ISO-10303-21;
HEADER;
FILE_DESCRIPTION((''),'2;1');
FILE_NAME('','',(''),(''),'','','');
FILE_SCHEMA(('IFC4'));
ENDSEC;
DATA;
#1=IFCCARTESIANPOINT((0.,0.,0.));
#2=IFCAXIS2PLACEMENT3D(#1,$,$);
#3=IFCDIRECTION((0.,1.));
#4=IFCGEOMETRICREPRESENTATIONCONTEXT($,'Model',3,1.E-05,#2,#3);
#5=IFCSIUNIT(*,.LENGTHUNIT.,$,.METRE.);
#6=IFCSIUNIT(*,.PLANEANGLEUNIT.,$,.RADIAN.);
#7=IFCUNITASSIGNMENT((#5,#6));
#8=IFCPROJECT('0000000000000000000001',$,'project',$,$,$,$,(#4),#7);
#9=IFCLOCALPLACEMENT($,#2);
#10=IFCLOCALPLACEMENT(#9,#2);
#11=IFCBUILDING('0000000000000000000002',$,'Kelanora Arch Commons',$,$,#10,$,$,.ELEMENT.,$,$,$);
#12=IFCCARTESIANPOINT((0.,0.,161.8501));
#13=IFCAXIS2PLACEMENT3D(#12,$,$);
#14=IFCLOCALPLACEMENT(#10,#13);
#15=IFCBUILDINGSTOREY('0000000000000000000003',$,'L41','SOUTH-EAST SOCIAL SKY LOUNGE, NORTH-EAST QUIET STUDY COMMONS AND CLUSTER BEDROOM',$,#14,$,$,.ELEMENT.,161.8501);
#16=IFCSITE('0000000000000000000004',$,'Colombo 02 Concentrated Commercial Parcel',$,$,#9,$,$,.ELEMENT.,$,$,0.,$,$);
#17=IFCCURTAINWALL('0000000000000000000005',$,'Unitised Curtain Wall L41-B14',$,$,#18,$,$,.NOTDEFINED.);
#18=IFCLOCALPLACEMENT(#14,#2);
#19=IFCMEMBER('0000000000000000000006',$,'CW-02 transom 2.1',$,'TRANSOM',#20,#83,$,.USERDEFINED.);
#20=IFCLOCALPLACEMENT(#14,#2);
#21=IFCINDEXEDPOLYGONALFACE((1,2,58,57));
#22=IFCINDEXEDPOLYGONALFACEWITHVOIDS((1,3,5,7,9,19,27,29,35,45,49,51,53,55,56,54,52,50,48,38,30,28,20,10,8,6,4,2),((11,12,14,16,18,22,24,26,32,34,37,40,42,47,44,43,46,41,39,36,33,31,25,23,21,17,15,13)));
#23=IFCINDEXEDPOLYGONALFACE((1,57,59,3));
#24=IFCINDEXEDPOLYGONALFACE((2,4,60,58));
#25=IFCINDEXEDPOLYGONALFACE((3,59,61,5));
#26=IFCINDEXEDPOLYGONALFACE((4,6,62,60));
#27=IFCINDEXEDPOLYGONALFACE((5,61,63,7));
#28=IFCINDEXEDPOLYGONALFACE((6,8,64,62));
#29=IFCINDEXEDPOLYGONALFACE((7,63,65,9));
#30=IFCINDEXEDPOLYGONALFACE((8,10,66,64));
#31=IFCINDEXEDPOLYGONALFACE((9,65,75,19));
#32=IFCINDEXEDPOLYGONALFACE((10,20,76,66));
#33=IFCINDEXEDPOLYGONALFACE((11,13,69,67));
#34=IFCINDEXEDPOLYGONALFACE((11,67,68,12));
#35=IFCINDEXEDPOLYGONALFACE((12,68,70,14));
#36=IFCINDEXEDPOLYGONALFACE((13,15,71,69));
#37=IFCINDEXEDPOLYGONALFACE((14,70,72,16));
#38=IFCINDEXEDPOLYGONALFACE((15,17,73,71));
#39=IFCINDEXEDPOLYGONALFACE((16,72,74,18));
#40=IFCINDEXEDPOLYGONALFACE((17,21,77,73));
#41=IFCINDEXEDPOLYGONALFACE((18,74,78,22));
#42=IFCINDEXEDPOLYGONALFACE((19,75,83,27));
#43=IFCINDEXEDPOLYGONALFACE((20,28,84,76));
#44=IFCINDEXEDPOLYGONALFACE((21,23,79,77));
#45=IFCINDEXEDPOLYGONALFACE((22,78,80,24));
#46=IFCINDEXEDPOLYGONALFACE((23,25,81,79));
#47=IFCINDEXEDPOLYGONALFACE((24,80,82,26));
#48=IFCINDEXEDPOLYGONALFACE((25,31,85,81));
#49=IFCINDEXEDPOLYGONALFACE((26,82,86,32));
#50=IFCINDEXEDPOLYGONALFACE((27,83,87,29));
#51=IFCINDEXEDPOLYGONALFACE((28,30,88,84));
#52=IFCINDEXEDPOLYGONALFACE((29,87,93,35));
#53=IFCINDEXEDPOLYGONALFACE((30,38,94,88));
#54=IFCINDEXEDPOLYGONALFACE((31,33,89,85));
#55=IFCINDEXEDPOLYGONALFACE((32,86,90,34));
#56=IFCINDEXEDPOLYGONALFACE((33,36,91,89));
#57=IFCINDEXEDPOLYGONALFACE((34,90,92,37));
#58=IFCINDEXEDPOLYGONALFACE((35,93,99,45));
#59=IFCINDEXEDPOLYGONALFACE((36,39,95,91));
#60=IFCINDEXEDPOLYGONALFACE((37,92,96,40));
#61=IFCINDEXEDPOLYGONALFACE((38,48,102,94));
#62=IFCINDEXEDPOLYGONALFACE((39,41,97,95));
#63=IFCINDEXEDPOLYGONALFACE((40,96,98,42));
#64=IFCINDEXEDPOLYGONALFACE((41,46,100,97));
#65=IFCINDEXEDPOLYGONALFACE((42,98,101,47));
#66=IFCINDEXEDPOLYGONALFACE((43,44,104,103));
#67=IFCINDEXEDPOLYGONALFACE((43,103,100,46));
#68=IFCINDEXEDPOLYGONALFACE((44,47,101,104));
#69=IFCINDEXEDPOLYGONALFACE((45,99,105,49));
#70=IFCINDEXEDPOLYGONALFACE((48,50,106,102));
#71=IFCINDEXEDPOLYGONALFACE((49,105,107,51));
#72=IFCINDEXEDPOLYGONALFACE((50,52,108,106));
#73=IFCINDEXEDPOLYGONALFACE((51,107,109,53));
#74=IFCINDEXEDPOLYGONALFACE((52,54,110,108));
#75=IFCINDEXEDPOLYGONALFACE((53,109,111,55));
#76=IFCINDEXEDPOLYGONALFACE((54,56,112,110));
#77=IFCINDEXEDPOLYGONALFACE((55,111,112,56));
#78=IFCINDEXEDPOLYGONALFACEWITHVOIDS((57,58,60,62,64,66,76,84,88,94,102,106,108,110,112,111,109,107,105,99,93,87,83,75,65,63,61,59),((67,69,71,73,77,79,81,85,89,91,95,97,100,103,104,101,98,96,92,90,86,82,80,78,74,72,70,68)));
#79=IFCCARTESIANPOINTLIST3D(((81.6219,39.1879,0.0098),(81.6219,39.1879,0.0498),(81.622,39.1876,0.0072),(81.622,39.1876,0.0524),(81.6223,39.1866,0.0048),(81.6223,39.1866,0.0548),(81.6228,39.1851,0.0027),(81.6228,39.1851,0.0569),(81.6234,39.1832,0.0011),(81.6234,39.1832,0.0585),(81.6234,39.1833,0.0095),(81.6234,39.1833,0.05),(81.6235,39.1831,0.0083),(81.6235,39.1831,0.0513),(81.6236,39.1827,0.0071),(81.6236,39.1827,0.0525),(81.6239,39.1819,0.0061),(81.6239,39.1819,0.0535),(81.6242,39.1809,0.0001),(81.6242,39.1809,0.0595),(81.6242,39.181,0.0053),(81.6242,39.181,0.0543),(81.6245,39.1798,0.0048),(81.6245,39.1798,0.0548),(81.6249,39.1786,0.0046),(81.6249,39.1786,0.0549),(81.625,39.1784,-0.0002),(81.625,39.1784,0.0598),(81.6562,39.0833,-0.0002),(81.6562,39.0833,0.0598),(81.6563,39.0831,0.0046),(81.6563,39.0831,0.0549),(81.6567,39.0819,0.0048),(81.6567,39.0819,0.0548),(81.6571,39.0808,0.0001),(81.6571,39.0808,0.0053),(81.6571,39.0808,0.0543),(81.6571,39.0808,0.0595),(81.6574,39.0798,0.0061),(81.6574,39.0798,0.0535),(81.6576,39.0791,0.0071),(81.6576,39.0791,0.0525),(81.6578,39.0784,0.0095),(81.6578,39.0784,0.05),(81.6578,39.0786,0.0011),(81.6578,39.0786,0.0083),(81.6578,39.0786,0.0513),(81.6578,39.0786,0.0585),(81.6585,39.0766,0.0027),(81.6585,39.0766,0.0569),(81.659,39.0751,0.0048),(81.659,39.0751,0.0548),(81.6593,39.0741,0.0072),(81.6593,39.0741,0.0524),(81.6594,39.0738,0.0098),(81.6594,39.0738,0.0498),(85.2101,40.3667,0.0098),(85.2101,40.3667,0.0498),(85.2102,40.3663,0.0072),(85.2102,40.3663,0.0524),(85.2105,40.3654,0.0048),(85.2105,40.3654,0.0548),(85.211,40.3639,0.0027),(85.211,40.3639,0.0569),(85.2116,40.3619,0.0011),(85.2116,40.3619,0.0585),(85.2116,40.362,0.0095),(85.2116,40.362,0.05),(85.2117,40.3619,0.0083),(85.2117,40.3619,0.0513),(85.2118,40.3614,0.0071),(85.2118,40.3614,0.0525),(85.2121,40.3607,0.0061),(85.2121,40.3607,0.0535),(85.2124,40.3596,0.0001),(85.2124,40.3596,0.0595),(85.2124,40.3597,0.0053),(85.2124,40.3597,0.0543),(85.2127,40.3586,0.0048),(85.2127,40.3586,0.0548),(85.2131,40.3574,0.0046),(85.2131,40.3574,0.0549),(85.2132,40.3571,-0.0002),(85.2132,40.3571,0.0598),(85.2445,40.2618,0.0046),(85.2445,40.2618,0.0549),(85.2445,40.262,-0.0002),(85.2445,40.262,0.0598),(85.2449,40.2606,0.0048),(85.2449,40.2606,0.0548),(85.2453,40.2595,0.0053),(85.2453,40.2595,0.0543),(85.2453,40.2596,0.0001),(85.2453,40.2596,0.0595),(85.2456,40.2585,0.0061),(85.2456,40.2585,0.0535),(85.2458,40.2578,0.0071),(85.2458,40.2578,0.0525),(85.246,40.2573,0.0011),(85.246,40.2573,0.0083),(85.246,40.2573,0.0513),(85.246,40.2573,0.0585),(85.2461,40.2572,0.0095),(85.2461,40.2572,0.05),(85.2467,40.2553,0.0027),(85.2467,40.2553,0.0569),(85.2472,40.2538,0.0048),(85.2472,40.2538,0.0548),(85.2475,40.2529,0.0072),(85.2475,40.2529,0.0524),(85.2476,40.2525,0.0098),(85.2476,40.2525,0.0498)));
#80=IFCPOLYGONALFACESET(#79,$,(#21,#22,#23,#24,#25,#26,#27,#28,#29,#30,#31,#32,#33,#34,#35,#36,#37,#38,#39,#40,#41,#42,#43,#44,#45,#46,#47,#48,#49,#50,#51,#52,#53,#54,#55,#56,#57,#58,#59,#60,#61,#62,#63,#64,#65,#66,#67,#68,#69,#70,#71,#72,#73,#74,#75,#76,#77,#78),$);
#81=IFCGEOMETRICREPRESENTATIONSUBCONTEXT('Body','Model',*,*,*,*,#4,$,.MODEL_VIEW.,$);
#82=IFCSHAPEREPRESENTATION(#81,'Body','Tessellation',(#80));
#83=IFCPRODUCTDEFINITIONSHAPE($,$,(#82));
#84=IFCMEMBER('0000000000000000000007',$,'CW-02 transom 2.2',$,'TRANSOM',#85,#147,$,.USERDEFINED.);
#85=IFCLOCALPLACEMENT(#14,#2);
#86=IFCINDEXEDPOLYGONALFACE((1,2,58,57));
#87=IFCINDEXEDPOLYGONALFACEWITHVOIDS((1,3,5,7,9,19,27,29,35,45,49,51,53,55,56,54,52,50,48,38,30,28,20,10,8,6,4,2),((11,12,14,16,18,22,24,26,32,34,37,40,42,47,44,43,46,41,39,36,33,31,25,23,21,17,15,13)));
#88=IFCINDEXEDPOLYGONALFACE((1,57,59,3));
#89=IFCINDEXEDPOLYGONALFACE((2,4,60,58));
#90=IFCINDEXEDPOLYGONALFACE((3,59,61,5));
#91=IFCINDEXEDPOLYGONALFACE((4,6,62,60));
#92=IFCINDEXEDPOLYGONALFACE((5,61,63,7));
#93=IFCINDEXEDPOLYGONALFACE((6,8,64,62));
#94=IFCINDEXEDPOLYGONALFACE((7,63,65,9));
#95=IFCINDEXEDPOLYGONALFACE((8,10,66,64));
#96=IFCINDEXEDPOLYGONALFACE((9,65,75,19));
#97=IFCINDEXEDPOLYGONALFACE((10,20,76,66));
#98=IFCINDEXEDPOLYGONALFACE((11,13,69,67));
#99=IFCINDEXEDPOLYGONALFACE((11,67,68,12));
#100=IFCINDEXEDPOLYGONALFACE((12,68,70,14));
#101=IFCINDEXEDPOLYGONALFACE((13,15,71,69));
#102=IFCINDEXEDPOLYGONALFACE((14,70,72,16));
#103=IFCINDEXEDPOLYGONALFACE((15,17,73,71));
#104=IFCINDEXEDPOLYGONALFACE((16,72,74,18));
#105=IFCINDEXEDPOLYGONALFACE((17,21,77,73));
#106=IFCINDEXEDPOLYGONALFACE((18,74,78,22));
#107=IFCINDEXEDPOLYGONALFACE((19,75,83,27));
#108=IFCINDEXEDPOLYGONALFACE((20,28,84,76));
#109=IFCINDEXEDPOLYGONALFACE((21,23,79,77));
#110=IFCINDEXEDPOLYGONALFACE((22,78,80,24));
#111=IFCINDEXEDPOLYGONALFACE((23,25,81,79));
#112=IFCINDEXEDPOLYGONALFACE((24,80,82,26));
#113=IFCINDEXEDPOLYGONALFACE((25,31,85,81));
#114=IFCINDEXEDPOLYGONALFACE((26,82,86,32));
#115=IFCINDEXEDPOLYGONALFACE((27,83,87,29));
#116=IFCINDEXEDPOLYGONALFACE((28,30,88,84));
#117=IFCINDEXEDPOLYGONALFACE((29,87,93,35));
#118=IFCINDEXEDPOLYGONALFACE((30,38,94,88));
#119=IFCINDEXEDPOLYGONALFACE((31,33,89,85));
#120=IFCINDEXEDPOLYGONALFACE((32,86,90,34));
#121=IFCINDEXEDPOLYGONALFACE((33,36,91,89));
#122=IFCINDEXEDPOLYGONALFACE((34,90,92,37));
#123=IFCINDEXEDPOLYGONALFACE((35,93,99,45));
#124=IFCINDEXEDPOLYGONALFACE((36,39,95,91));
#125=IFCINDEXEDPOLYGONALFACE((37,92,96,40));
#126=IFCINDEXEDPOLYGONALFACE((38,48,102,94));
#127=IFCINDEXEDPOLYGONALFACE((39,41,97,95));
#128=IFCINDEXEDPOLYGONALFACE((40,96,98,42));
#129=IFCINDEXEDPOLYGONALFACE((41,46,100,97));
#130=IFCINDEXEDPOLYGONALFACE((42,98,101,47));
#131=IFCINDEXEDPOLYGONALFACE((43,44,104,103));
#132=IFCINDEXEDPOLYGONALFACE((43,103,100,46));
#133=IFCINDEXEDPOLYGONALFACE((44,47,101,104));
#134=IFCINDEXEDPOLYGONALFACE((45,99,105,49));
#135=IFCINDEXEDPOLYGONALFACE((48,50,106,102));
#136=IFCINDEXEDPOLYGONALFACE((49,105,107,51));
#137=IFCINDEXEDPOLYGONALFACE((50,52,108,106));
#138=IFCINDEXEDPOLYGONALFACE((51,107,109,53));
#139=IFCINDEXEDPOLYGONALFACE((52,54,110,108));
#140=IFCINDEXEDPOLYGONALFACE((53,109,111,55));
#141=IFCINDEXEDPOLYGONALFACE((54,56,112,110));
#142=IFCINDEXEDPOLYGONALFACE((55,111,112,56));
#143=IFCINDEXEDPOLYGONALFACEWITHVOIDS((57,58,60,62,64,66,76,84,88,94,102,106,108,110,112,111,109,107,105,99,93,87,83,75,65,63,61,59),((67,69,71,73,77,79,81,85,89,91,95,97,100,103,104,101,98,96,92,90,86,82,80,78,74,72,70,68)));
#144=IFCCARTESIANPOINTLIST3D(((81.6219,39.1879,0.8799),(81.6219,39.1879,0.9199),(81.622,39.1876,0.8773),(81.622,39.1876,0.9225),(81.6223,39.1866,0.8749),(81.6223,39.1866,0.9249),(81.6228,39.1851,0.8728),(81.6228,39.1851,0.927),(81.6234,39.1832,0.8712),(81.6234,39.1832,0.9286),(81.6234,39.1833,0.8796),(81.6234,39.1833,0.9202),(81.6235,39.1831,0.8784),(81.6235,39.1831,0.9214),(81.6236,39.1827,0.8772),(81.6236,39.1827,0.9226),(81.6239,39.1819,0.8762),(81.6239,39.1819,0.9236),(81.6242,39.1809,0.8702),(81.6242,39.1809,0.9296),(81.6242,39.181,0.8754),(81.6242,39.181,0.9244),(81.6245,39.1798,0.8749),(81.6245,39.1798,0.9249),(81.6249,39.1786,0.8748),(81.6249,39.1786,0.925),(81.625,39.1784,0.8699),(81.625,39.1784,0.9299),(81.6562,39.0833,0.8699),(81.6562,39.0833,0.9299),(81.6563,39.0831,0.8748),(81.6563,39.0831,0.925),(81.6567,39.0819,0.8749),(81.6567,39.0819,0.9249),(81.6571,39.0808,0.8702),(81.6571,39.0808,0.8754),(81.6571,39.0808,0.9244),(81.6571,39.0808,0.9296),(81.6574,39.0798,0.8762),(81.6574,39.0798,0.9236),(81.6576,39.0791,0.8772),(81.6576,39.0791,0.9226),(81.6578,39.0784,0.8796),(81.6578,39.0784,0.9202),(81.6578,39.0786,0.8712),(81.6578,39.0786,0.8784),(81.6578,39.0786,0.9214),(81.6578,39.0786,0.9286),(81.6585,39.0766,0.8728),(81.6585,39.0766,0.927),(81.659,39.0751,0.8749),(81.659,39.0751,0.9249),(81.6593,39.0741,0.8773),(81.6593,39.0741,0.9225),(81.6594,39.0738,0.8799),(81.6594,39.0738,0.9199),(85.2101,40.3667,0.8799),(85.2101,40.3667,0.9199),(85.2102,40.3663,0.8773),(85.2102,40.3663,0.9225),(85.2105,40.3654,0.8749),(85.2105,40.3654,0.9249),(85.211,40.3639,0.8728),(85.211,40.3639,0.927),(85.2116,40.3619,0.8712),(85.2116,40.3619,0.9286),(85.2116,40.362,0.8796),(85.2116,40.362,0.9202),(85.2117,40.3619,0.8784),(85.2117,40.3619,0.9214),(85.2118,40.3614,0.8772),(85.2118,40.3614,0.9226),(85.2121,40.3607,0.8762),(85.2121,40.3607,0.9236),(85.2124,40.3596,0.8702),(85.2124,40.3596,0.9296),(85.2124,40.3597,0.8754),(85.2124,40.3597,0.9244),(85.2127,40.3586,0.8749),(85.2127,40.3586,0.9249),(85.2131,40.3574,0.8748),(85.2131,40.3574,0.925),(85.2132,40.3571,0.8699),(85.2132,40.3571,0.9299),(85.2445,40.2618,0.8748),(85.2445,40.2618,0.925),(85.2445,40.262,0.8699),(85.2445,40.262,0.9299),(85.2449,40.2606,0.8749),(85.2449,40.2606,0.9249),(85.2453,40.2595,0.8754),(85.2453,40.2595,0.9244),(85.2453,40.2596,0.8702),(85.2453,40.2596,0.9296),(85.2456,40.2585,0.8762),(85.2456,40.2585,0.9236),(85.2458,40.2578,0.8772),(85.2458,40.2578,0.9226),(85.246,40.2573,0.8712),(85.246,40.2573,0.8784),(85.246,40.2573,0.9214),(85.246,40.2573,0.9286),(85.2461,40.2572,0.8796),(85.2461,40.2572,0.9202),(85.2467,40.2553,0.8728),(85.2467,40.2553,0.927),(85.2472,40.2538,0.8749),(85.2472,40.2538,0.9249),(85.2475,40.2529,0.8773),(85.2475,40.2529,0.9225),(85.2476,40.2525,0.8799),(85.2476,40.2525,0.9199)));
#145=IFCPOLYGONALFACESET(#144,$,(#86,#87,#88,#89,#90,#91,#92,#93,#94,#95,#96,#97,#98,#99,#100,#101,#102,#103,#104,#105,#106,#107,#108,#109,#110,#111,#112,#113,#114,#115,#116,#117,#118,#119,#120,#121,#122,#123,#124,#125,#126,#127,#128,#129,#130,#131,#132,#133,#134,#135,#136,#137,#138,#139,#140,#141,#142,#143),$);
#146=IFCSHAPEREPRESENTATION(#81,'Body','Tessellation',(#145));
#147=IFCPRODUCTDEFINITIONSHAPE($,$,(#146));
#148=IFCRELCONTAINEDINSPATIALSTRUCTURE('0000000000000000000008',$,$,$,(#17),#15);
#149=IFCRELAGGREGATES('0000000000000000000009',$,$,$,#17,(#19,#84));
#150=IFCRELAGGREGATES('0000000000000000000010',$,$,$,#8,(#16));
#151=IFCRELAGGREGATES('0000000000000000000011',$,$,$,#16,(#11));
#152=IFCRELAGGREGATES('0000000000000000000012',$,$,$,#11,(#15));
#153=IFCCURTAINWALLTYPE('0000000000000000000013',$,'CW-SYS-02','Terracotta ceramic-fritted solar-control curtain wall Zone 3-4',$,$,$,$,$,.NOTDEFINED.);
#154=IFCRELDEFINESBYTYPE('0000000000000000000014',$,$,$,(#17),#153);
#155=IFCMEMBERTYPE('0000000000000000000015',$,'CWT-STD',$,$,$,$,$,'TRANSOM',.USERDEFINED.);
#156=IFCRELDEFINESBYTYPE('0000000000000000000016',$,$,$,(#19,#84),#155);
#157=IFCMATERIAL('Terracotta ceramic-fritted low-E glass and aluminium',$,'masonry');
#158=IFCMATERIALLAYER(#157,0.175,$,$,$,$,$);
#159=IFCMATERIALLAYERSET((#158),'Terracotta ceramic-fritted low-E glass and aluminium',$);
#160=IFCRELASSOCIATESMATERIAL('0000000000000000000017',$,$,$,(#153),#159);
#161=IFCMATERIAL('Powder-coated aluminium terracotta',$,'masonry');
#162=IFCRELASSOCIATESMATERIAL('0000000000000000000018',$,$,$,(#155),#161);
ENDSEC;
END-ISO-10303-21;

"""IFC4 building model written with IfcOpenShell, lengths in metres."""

from ifc_helpers import new_model, si_unit, direction, frame, origin, origin_2d, place, context, subcontext, project, spatial, hollow_rectangle, extrude, material, layer, layer_set, material_profile, profile_set, type_object, element, aggregate, save


model = new_model("IFC4")

# Units and contexts
model_context = context("Model", 3, precision=1e-05, world=origin(), true_north=direction((0.0, 1.0)))
body_context = subcontext(model_context, "Body", "Model", "MODEL_VIEW")
ifc_project = project(units=[si_unit("LENGTHUNIT", "METRE"), si_unit("PLANEANGLEUNIT", "RADIAN")], contexts=[model_context])

# Site, building, storey
site_placement = place(None, origin())
site = spatial("IfcSite", under=ifc_project, at=site_placement, Name="Colombo 02 Concentrated Commercial Parcel", CompositionType="ELEMENT", RefElevation=0.0)
building_placement = place(site_placement, origin())
building = spatial("IfcBuilding", under=site, at=building_placement, Name="Kelanora Arch Commons", CompositionType="ELEMENT")
storey_placement = place(building_placement, frame((0.0, 0.0, 161.8501)))
storey = spatial("IfcBuildingStorey", under=building, at=storey_placement, Name="L41", Description="SOUTH-EAST SOCIAL SKY LOUNGE, NORTH-EAST QUIET STUDY COMMONS AND CLUSTER BEDROOM", CompositionType="ELEMENT", Elevation=161.8501)

# Curtain wall, members
ifc_material_1 = material(Name="Terracotta ceramic-fritted low-E glass and aluminium", Category="masonry")
ifc_layer_1 = layer(ifc_material_1, 0.175)
ifc_layer_set_1 = layer_set([ifc_layer_1], Name="Terracotta ceramic-fritted low-E glass and aluminium")
curtain_wall_type = type_object("IfcCurtainWallType", Name="CW-SYS-02", Description="Terracotta ceramic-fritted solar-control curtain wall Zone 3-4", PredefinedType="NOTDEFINED", material=ifc_layer_set_1)
curtain_wall_placement = place(storey_placement, origin())
curtain_wall = element("IfcCurtainWall", 1, at=curtain_wall_placement, inside=storey, type_object=curtain_wall_type, Name="Unitised Curtain Wall L41-B14", PredefinedType="NOTDEFINED")
ifc_material_2 = material(Name="Powder-coated aluminium terracotta", Category="masonry")
ifc_material_profile_1 = material_profile(ifc_material_2, hollow_rectangle(XDim=0.1201, YDim=0.0601, WallThickness=0.0049, InnerFilletRadius=0.0049, OuterFilletRadius=0.01, at=origin_2d()), Name="CWT120x60")
ifc_profile_set_1 = profile_set([ifc_material_profile_1], Name="Powder-coated aluminium terracotta")
member_type_1 = type_object("IfcMemberType", Name="CWT-STD", ElementType="TRANSOM", PredefinedType="USERDEFINED", material=ifc_profile_set_1)
member_1_placement = place(storey_placement, frame((81.6406, 39.1309, 0.0298), z_axis=(0.950051, 0.312094, 0.0), x_axis=(-0.312094, 0.950051, 0.0)))
member_1 = element("IfcMember", 2, at=member_1_placement, type_object=member_type_1, Name="CW-02 transom 2.1", ObjectType="TRANSOM", PredefinedType="USERDEFINED", context=body_context, shape_type="SweptSolid", body=[
    extrude(hollow_rectangle(XDim=0.1201, YDim=0.0601, WallThickness=0.0049, InnerFilletRadius=0.0049, OuterFilletRadius=0.01, at=origin_2d()), origin(), (0.0, 0.0, 1.0), 3.7769),
])
member_2_placement = place(storey_placement, frame((81.6406, 39.1309, 0.8999), z_axis=(0.950051, 0.312094, 0.0), x_axis=(-0.312094, 0.950051, 0.0)))
member_2 = element("IfcMember", 3, at=member_2_placement, type_object=member_type_1, Name="CW-02 transom 2.2", ObjectType="TRANSOM", PredefinedType="USERDEFINED", context=body_context, shape_type="SweptSolid", body=[
    extrude(hollow_rectangle(XDim=0.1201, YDim=0.0601, WallThickness=0.0049, InnerFilletRadius=0.0049, OuterFilletRadius=0.01, at=origin_2d()), origin(), (0.0, 0.0, 1.0), 3.7769),
])
aggregate(curtain_wall, [member_1, member_2])

save(model, "model.ifc")
